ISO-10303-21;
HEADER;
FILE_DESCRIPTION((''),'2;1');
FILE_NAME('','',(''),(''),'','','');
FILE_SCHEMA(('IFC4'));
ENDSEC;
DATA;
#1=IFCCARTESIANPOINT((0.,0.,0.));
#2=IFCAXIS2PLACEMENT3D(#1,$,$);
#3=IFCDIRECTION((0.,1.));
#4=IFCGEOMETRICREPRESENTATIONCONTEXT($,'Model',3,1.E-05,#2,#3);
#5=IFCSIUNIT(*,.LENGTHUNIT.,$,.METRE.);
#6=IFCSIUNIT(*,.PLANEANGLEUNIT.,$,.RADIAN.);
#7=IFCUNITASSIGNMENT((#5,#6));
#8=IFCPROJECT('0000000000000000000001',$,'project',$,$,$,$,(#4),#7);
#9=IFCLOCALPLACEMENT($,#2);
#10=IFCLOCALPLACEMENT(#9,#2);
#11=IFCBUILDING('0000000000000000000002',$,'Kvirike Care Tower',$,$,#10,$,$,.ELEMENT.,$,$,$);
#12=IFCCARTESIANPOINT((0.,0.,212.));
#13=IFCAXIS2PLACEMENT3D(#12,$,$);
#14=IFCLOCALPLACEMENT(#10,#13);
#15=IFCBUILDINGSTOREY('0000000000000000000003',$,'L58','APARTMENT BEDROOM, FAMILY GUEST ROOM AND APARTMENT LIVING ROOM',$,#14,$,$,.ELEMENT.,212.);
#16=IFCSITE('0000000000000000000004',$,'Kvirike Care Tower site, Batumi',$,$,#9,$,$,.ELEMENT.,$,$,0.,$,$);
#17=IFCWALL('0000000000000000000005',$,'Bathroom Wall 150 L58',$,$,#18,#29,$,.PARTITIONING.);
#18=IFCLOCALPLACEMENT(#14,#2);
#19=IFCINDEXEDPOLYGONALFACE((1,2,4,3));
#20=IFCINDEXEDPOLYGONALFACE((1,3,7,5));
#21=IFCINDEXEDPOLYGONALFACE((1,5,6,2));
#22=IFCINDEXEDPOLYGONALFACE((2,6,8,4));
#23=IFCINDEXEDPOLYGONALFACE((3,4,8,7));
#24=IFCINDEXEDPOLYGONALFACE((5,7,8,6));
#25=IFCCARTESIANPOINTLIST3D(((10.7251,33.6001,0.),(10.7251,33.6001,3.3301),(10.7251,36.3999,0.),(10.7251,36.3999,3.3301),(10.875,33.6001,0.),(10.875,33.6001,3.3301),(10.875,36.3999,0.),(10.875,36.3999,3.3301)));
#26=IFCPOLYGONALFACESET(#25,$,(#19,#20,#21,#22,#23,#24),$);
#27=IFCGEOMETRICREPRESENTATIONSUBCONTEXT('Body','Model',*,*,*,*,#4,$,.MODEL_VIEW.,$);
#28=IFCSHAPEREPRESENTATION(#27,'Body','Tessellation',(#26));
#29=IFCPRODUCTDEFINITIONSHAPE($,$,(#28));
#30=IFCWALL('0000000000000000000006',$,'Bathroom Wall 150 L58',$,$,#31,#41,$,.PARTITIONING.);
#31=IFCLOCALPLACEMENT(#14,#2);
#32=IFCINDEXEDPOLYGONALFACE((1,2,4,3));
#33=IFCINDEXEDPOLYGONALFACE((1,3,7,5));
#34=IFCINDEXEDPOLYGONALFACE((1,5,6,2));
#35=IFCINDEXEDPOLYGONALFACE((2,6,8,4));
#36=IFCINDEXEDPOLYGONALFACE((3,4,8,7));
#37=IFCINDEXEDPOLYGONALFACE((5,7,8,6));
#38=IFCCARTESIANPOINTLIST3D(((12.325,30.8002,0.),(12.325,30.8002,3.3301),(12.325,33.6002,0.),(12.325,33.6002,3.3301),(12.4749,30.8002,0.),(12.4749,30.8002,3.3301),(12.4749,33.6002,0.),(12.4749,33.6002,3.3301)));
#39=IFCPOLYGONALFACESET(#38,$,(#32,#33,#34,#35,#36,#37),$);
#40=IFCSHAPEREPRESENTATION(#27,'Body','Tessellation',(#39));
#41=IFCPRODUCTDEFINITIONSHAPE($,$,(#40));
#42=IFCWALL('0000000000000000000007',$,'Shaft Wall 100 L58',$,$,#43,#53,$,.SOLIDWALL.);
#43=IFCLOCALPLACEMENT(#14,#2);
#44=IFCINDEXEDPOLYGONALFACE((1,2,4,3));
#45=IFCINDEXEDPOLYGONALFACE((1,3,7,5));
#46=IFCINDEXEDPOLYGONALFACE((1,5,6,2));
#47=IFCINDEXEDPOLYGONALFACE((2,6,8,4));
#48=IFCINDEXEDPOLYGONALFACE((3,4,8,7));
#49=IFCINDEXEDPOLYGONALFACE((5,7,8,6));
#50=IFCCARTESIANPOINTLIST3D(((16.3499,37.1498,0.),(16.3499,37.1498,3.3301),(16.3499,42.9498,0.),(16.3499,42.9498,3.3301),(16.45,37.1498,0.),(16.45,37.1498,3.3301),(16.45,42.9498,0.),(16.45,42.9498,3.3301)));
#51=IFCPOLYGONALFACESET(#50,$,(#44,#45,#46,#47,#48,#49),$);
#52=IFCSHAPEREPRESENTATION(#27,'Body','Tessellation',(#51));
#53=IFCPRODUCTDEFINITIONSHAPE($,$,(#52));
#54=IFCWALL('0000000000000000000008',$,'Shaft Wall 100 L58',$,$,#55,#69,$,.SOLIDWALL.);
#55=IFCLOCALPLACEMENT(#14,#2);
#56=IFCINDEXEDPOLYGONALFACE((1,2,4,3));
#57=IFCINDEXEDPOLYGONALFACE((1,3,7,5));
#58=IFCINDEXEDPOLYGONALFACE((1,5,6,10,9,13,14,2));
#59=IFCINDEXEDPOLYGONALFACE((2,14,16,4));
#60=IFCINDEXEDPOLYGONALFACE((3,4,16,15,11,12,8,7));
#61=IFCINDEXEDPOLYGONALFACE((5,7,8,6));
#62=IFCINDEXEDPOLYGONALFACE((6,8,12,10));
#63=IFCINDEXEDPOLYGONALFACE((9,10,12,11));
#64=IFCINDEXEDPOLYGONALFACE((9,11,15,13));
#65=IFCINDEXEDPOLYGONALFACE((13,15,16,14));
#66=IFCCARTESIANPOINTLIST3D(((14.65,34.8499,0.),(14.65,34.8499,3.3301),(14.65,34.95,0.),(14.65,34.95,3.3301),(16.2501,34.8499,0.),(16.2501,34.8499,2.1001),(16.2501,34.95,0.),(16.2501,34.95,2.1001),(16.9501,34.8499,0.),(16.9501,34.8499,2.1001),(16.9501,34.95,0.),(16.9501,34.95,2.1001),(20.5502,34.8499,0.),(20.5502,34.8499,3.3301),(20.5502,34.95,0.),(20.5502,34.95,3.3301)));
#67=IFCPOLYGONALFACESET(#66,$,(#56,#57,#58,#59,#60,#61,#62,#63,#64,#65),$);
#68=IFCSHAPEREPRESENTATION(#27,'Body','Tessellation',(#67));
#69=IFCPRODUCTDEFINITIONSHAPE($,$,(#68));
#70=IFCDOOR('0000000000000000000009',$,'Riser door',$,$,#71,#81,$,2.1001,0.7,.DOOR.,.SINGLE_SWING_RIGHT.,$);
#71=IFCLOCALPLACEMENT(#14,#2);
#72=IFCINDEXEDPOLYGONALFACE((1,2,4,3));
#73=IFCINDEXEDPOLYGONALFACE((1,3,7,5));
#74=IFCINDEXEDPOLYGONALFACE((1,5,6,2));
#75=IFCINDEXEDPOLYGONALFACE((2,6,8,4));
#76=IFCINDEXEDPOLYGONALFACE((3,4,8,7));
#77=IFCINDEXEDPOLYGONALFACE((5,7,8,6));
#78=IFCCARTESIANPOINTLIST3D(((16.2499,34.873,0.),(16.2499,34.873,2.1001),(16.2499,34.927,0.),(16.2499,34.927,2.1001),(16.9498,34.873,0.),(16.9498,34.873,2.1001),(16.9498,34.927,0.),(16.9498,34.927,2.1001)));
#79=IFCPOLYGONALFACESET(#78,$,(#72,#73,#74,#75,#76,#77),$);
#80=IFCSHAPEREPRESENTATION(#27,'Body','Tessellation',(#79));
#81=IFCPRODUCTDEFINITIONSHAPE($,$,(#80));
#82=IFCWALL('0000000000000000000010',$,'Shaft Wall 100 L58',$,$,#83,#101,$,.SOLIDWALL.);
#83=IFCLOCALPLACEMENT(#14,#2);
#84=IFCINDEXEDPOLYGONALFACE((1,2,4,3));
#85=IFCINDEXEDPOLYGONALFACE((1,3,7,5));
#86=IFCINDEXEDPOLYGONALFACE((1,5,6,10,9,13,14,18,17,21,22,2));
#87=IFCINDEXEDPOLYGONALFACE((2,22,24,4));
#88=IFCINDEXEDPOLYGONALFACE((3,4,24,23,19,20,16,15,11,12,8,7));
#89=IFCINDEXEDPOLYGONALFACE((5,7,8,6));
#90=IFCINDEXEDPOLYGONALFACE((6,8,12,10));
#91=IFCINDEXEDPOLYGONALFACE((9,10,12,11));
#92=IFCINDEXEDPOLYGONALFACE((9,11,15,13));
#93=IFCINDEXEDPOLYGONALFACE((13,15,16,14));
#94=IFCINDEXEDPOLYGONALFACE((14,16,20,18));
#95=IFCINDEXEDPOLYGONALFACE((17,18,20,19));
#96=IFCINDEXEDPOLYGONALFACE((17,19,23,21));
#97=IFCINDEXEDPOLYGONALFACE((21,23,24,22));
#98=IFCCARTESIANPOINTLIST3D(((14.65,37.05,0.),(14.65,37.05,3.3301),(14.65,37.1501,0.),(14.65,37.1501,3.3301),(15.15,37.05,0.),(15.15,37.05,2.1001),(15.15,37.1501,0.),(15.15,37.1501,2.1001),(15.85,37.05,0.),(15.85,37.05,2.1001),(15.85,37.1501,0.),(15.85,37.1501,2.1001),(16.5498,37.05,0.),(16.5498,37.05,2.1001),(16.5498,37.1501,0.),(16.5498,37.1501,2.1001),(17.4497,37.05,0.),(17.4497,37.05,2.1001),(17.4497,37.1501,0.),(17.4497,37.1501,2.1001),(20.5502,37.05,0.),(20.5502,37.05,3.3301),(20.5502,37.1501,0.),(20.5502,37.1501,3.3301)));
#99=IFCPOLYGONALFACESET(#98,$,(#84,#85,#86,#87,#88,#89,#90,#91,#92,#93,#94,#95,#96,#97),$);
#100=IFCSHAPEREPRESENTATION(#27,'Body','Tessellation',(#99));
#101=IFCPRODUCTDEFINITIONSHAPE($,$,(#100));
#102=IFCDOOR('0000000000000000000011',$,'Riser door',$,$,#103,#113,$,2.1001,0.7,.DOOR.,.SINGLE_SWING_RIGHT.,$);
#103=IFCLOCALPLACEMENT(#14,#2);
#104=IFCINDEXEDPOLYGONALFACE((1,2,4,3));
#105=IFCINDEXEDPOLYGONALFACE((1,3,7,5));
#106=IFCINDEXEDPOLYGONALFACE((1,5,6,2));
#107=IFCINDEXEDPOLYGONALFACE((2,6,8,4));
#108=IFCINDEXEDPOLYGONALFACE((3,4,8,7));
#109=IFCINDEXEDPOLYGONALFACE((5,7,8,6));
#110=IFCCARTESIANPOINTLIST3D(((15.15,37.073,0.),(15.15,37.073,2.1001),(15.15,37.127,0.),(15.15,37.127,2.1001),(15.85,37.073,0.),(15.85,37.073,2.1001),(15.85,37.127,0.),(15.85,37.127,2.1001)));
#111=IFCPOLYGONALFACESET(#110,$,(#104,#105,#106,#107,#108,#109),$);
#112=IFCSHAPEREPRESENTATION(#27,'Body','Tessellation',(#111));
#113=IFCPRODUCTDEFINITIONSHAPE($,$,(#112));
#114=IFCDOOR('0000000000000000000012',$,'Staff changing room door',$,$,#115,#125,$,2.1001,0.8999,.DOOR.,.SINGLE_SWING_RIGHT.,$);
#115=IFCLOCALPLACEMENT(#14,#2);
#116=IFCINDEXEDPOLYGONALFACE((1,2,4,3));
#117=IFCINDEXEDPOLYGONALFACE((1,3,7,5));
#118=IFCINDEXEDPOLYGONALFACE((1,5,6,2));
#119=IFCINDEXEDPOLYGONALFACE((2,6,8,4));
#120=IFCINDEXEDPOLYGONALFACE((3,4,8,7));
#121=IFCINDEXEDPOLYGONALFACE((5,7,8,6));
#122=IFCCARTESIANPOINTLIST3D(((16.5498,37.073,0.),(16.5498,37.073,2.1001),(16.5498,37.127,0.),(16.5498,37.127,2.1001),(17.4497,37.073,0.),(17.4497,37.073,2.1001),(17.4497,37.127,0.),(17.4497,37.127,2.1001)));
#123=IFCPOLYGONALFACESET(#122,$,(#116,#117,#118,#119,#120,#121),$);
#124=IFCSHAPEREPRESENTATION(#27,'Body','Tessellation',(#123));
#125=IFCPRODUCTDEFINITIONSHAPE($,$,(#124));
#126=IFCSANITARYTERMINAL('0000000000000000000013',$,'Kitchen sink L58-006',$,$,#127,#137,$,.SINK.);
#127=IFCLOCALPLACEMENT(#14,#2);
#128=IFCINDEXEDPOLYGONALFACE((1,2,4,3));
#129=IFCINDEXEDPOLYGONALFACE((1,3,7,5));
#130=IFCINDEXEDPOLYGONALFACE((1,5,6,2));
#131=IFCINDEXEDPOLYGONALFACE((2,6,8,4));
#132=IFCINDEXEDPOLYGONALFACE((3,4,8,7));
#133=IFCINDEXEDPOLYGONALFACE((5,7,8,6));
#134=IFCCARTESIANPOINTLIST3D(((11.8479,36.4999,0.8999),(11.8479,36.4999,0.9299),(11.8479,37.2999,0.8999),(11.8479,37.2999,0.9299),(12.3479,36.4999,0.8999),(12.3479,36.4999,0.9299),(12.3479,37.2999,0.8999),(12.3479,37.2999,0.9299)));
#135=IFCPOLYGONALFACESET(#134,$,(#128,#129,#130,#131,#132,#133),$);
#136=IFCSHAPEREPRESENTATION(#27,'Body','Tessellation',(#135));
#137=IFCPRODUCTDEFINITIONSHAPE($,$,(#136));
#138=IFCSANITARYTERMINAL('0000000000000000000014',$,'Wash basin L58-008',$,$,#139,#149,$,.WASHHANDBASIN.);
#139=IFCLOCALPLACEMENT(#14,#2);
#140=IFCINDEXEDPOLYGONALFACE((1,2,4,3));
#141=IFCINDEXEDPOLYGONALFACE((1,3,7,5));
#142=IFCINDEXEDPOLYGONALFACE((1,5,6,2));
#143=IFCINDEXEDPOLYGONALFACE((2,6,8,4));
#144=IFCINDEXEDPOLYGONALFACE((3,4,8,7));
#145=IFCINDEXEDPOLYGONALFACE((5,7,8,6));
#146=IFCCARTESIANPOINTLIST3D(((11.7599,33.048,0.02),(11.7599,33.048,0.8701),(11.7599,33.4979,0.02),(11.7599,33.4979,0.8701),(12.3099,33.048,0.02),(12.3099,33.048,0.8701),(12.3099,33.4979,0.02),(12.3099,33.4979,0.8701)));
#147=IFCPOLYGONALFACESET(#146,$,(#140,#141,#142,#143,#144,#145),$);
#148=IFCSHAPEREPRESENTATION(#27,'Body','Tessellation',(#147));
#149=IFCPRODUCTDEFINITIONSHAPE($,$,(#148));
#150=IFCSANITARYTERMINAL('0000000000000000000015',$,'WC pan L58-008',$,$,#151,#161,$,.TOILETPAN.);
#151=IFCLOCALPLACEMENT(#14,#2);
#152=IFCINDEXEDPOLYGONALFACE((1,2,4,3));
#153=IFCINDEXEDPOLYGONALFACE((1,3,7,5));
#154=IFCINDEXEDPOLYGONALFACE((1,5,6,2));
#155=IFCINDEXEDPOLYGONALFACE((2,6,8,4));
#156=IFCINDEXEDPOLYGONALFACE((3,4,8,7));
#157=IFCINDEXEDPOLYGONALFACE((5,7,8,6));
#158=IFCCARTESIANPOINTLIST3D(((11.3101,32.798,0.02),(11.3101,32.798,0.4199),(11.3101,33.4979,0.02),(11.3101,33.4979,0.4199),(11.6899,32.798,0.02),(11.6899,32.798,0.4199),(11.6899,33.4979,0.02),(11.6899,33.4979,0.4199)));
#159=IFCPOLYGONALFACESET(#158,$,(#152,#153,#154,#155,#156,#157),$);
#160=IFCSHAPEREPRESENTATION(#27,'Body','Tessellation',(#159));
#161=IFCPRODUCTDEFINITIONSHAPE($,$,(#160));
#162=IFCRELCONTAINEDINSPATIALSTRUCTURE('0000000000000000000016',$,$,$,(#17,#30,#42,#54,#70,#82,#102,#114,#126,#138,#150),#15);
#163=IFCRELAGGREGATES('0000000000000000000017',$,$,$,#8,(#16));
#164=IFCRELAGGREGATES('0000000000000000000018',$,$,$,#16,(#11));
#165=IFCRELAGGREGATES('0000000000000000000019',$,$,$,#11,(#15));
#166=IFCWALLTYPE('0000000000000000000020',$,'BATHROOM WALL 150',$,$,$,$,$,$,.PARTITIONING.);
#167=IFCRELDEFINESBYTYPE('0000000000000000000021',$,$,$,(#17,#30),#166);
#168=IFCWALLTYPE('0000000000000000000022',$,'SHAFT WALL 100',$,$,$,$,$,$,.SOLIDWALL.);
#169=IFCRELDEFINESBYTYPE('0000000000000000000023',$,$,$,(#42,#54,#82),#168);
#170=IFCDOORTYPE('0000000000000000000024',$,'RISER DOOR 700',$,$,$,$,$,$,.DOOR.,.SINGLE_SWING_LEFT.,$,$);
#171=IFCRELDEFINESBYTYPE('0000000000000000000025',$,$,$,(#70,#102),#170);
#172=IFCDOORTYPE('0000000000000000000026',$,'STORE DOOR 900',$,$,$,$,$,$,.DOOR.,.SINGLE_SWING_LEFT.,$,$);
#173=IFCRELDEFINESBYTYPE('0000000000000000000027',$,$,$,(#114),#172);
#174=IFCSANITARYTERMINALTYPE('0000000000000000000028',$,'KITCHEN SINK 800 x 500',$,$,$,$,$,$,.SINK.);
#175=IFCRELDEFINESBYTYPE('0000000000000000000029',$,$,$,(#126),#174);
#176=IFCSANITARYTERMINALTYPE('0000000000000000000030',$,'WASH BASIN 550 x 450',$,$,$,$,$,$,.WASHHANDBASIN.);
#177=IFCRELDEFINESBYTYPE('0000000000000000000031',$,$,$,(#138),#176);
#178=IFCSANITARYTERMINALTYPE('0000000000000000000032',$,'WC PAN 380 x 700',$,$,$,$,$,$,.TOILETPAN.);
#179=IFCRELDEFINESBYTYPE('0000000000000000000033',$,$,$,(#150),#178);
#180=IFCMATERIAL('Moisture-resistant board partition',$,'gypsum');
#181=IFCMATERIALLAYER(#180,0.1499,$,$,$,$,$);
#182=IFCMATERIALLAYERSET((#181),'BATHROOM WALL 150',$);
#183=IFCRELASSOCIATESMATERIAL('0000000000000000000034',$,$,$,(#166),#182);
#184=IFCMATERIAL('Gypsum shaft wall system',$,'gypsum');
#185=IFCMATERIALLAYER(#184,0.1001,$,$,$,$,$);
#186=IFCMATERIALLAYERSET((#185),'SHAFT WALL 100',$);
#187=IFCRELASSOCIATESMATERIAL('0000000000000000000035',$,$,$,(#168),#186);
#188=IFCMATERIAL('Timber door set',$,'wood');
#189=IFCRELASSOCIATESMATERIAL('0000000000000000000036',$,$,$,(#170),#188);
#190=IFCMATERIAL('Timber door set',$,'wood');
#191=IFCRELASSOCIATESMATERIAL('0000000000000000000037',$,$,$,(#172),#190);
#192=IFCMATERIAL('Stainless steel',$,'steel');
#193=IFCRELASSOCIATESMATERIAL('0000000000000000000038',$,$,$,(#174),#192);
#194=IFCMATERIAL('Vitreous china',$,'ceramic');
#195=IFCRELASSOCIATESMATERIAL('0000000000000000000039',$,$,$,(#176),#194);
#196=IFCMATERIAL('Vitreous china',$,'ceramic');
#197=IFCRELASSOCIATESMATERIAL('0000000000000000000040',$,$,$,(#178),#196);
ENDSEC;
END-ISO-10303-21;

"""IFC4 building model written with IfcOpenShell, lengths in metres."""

from ifc_helpers import new_model, si_unit, direction, frame, frame_2d, origin, origin_2d, place, context, subcontext, project, spatial, rectangle, extrude, material, layer, layer_set, type_object, element, fill, save


model = new_model("IFC4")

# Units and contexts
model_context = context("Model", 3, precision=1e-05, world=origin(), true_north=direction((0.0, 1.0)))
body_context = subcontext(model_context, "Body", "Model", "MODEL_VIEW")
ifc_project = project(units=[si_unit("LENGTHUNIT", "METRE"), si_unit("PLANEANGLEUNIT", "RADIAN")], contexts=[model_context])

# Site, building, storey
site_placement = place(None, origin())
site = spatial("IfcSite", under=ifc_project, at=site_placement, Name="Kvirike Care Tower site, Batumi", CompositionType="ELEMENT", RefElevation=0.0)
building_placement = place(site_placement, origin())
building = spatial("IfcBuilding", under=site, at=building_placement, Name="Kvirike Care Tower", CompositionType="ELEMENT")
storey_placement = place(building_placement, frame((0.0, 0.0, 212.0)))
storey = spatial("IfcBuildingStorey", under=building, at=storey_placement, Name="L58", Description="APARTMENT BEDROOM, FAMILY GUEST ROOM AND APARTMENT LIVING ROOM", CompositionType="ELEMENT", Elevation=212.0)

# Walls
ifc_material_1 = material(Name="Moisture-resistant board partition", Category="gypsum")
ifc_layer_1 = layer(ifc_material_1, 0.1499)
ifc_layer_set_1 = layer_set([ifc_layer_1], Name="BATHROOM WALL 150")
wall_type_1 = type_object("IfcWallType", Name="BATHROOM WALL 150", PredefinedType="PARTITIONING", material=ifc_layer_set_1)
wall_1_placement = place(storey_placement, frame((10.8, 36.3999, 0.0), z_axis=(0.0, 0.0, 1.0), x_axis=(0.0, -1.0, 0.0)))
element("IfcWall", 1, at=wall_1_placement, inside=storey, type_object=wall_type_1, Name="Bathroom Wall 150 L58", PredefinedType="PARTITIONING", context=body_context, shape_type="SweptSolid", body=[
    extrude(rectangle(XDim=2.7998, YDim=0.1499, at=frame_2d((1.3999, 0.0))), origin(), (0.0, 0.0, 1.0), 3.3301),
])
wall_2_placement = place(storey_placement, frame((12.3999, 33.6001, 0.0), z_axis=(0.0, 0.0, 1.0), x_axis=(0.0, -1.0, 0.0)))
element("IfcWall", 2, at=wall_2_placement, inside=storey, type_object=wall_type_1, Name="Bathroom Wall 150 L58", PredefinedType="PARTITIONING", context=body_context, shape_type="SweptSolid", body=[
    extrude(rectangle(XDim=2.8, YDim=0.1499, at=frame_2d((1.3999, 0.0))), origin(), (0.0, 0.0, 1.0), 3.3301),
])
ifc_material_2 = material(Name="Gypsum shaft wall system", Category="gypsum")
ifc_layer_2 = layer(ifc_material_2, 0.1001)
ifc_layer_set_2 = layer_set([ifc_layer_2], Name="SHAFT WALL 100")
wall_type_2 = type_object("IfcWallType", Name="SHAFT WALL 100", PredefinedType="SOLIDWALL", material=ifc_layer_set_2)
wall_3_placement = place(storey_placement, frame((16.3999, 37.1499, 0.0), z_axis=(0.0, 0.0, 1.0), x_axis=(0.0, 1.0, 0.0)))
element("IfcWall", 3, at=wall_3_placement, inside=storey, type_object=wall_type_2, Name="Shaft Wall 100 L58", PredefinedType="SOLIDWALL", context=body_context, shape_type="SweptSolid", body=[
    extrude(rectangle(XDim=5.8, YDim=0.1001, at=frame_2d((2.8999, 0.0))), origin(), (0.0, 0.0, 1.0), 3.3301),
])

# Wall, opening, door
wall_4_placement = place(storey_placement, frame((14.6499, 34.8999, 0.0), z_axis=(0.0, 0.0, 1.0), x_axis=(1.0, 0.0, 0.0)))
wall_4 = element("IfcWall", 4, at=wall_4_placement, inside=storey, type_object=wall_type_2, Name="Shaft Wall 100 L58", PredefinedType="SOLIDWALL", context=body_context, shape_type="SweptSolid", body=[
    extrude(rectangle(XDim=5.9001, YDim=0.1001, at=frame_2d((2.9502, 0.0))), origin(), (0.0, 0.0, 1.0), 3.3301),
])
opening_1_placement = place(wall_4_placement, frame((1.6001, 0.0, 0.0)))
opening_1 = element("IfcOpeningElement", 5, at=opening_1_placement, cuts=wall_4, PredefinedType="OPENING", context=body_context, shape_type="SweptSolid", body=[
    extrude(rectangle(XDim=0.7, YDim=2.1001, at=frame_2d((0.3501, 1.05))), frame((0.0, 0.0605, 0.0), z_axis=(0.0, -1.0, 0.0), x_axis=(1.0, 0.0, 0.0)), (0.0, 0.0, 1.0), 0.1211),
])
ifc_material_3 = material(Name="Timber door set", Category="wood")
door_type_1 = type_object("IfcDoorType", Name="RISER DOOR 700", OperationType="SINGLE_SWING_LEFT", PredefinedType="DOOR", material=ifc_material_3)
door_1_placement = place(opening_1_placement, frame((0.7, 0.0, 0.0), z_axis=(0.0, 0.0, 1.0), x_axis=(-1.0, 0.0, 0.0)))
door_1 = element("IfcDoor", 6, at=door_1_placement, inside=storey, type_object=door_type_1, Name="Riser door", OperationType="SINGLE_SWING_RIGHT", OverallHeight=2.1001, OverallWidth=0.7, PredefinedType="DOOR", context=body_context, shape_type="SweptSolid", body=[
    extrude(rectangle(XDim=0.7, YDim=2.1001, at=frame_2d((0.3501, 1.05))), frame((0.0, 0.0269, 0.0), z_axis=(0.0, -1.0, 0.0), x_axis=(1.0, 0.0, 0.0)), (0.0, 0.0, 1.0), 0.054),
])
fill(opening_1, door_1)

# Wall, openings, doors
wall_5_placement = place(storey_placement, frame((14.6499, 37.1001, 0.0), z_axis=(0.0, 0.0, 1.0), x_axis=(1.0, 0.0, 0.0)))
wall_5 = element("IfcWall", 7, at=wall_5_placement, inside=storey, type_object=wall_type_2, Name="Shaft Wall 100 L58", PredefinedType="SOLIDWALL", context=body_context, shape_type="SweptSolid", body=[
    extrude(rectangle(XDim=5.9001, YDim=0.1001, at=frame_2d((2.9502, 0.0))), origin(), (0.0, 0.0, 1.0), 3.3301),
])
opening_2_placement = place(wall_5_placement, frame((0.5, 0.0, 0.0)))
opening_2 = element("IfcOpeningElement", 8, at=opening_2_placement, cuts=wall_5, PredefinedType="OPENING", context=body_context, shape_type="SweptSolid", body=[
    extrude(rectangle(XDim=0.7, YDim=2.1001, at=frame_2d((0.3501, 1.05))), frame((0.0, 0.0605, 0.0), z_axis=(0.0, -1.0, 0.0), x_axis=(1.0, 0.0, 0.0)), (0.0, 0.0, 1.0), 0.1211),
])
opening_3_placement = place(wall_5_placement, frame((1.8999, 0.0, 0.0)))
opening_3 = element("IfcOpeningElement", 9, at=opening_3_placement, cuts=wall_5, PredefinedType="OPENING", context=body_context, shape_type="SweptSolid", body=[
    extrude(rectangle(XDim=0.8999, YDim=2.1001, at=frame_2d((0.45, 1.05))), frame((0.0, 0.0605, 0.0), z_axis=(0.0, -1.0, 0.0), x_axis=(1.0, 0.0, 0.0)), (0.0, 0.0, 1.0), 0.1211),
])
door_2_placement = place(opening_2_placement, origin())
door_2 = element("IfcDoor", 10, at=door_2_placement, inside=storey, type_object=door_type_1, Name="Riser door", OperationType="SINGLE_SWING_RIGHT", OverallHeight=2.1001, OverallWidth=0.7, PredefinedType="DOOR", context=body_context, shape_type="SweptSolid", body=[
    extrude(rectangle(XDim=0.7, YDim=2.1001, at=frame_2d((0.3501, 1.05))), frame((0.0, 0.0269, 0.0), z_axis=(0.0, -1.0, 0.0), x_axis=(1.0, 0.0, 0.0)), (0.0, 0.0, 1.0), 0.054),
])
fill(opening_2, door_2)
ifc_material_4 = material(Name="Timber door set", Category="wood")
door_type_2 = type_object("IfcDoorType", Name="STORE DOOR 900", OperationType="SINGLE_SWING_LEFT", PredefinedType="DOOR", material=ifc_material_4)
door_3_placement = place(opening_3_placement, origin())
door_3 = element("IfcDoor", 11, at=door_3_placement, inside=storey, type_object=door_type_2, Name="Staff changing room door", OperationType="SINGLE_SWING_RIGHT", OverallHeight=2.1001, OverallWidth=0.8999, PredefinedType="DOOR", context=body_context, shape_type="SweptSolid", body=[
    extrude(rectangle(XDim=0.8999, YDim=2.1001, at=frame_2d((0.45, 1.05))), frame((0.0, 0.0269, 0.0), z_axis=(0.0, -1.0, 0.0), x_axis=(1.0, 0.0, 0.0)), (0.0, 0.0, 1.0), 0.054),
])
fill(opening_3, door_3)

# Sanitary terminals
ifc_material_5 = material(Name="Stainless steel", Category="steel")
sanitary_terminal_type_1 = type_object("IfcSanitaryTerminalType", Name="KITCHEN SINK 800 x 500", PredefinedType="SINK", material=ifc_material_5)
sanitary_terminal_1_placement = place(storey_placement, frame((12.0979, 36.8999, 0.8999), z_axis=(0.0, 0.0, 1.0), x_axis=(0.0, -1.0, 0.0)))
element("IfcSanitaryTerminal", 12, at=sanitary_terminal_1_placement, inside=storey, type_object=sanitary_terminal_type_1, Name="Kitchen sink L58-006", PredefinedType="SINK", context=body_context, shape_type="SweptSolid", body=[
    extrude(rectangle(XDim=0.8, YDim=0.5, at=origin_2d()), origin(), (0.0, 0.0, 1.0), 0.03),
])
ifc_material_6 = material(Name="Vitreous china", Category="ceramic")
sanitary_terminal_type_2 = type_object("IfcSanitaryTerminalType", Name="WASH BASIN 550 x 450", PredefinedType="WASHHANDBASIN", material=ifc_material_6)
sanitary_terminal_2_placement = place(storey_placement, frame((12.0349, 33.2729, 0.02), z_axis=(0.0, 0.0, 1.0), x_axis=(1.0, 0.0, 0.0)))
element("IfcSanitaryTerminal", 13, at=sanitary_terminal_2_placement, inside=storey, type_object=sanitary_terminal_type_2, Name="Wash basin L58-008", PredefinedType="WASHHANDBASIN", context=body_context, shape_type="SweptSolid", body=[
    extrude(rectangle(XDim=0.55, YDim=0.45, at=origin_2d()), origin(), (0.0, 0.0, 1.0), 0.8501),
])
ifc_material_7 = material(Name="Vitreous china", Category="ceramic")
sanitary_terminal_type_3 = type_object("IfcSanitaryTerminalType", Name="WC PAN 380 x 700", PredefinedType="TOILETPAN", material=ifc_material_7)
sanitary_terminal_3_placement = place(storey_placement, frame((11.5, 33.1479, 0.02), z_axis=(0.0, 0.0, 1.0), x_axis=(1.0, 0.0, 0.0)))
element("IfcSanitaryTerminal", 14, at=sanitary_terminal_3_placement, inside=storey, type_object=sanitary_terminal_type_3, Name="WC pan L58-008", PredefinedType="TOILETPAN", context=body_context, shape_type="SweptSolid", body=[
    extrude(rectangle(XDim=0.3799, YDim=0.7, at=origin_2d()), origin(), (0.0, 0.0, 1.0), 0.3999),
])

save(model, "model.ifc")
